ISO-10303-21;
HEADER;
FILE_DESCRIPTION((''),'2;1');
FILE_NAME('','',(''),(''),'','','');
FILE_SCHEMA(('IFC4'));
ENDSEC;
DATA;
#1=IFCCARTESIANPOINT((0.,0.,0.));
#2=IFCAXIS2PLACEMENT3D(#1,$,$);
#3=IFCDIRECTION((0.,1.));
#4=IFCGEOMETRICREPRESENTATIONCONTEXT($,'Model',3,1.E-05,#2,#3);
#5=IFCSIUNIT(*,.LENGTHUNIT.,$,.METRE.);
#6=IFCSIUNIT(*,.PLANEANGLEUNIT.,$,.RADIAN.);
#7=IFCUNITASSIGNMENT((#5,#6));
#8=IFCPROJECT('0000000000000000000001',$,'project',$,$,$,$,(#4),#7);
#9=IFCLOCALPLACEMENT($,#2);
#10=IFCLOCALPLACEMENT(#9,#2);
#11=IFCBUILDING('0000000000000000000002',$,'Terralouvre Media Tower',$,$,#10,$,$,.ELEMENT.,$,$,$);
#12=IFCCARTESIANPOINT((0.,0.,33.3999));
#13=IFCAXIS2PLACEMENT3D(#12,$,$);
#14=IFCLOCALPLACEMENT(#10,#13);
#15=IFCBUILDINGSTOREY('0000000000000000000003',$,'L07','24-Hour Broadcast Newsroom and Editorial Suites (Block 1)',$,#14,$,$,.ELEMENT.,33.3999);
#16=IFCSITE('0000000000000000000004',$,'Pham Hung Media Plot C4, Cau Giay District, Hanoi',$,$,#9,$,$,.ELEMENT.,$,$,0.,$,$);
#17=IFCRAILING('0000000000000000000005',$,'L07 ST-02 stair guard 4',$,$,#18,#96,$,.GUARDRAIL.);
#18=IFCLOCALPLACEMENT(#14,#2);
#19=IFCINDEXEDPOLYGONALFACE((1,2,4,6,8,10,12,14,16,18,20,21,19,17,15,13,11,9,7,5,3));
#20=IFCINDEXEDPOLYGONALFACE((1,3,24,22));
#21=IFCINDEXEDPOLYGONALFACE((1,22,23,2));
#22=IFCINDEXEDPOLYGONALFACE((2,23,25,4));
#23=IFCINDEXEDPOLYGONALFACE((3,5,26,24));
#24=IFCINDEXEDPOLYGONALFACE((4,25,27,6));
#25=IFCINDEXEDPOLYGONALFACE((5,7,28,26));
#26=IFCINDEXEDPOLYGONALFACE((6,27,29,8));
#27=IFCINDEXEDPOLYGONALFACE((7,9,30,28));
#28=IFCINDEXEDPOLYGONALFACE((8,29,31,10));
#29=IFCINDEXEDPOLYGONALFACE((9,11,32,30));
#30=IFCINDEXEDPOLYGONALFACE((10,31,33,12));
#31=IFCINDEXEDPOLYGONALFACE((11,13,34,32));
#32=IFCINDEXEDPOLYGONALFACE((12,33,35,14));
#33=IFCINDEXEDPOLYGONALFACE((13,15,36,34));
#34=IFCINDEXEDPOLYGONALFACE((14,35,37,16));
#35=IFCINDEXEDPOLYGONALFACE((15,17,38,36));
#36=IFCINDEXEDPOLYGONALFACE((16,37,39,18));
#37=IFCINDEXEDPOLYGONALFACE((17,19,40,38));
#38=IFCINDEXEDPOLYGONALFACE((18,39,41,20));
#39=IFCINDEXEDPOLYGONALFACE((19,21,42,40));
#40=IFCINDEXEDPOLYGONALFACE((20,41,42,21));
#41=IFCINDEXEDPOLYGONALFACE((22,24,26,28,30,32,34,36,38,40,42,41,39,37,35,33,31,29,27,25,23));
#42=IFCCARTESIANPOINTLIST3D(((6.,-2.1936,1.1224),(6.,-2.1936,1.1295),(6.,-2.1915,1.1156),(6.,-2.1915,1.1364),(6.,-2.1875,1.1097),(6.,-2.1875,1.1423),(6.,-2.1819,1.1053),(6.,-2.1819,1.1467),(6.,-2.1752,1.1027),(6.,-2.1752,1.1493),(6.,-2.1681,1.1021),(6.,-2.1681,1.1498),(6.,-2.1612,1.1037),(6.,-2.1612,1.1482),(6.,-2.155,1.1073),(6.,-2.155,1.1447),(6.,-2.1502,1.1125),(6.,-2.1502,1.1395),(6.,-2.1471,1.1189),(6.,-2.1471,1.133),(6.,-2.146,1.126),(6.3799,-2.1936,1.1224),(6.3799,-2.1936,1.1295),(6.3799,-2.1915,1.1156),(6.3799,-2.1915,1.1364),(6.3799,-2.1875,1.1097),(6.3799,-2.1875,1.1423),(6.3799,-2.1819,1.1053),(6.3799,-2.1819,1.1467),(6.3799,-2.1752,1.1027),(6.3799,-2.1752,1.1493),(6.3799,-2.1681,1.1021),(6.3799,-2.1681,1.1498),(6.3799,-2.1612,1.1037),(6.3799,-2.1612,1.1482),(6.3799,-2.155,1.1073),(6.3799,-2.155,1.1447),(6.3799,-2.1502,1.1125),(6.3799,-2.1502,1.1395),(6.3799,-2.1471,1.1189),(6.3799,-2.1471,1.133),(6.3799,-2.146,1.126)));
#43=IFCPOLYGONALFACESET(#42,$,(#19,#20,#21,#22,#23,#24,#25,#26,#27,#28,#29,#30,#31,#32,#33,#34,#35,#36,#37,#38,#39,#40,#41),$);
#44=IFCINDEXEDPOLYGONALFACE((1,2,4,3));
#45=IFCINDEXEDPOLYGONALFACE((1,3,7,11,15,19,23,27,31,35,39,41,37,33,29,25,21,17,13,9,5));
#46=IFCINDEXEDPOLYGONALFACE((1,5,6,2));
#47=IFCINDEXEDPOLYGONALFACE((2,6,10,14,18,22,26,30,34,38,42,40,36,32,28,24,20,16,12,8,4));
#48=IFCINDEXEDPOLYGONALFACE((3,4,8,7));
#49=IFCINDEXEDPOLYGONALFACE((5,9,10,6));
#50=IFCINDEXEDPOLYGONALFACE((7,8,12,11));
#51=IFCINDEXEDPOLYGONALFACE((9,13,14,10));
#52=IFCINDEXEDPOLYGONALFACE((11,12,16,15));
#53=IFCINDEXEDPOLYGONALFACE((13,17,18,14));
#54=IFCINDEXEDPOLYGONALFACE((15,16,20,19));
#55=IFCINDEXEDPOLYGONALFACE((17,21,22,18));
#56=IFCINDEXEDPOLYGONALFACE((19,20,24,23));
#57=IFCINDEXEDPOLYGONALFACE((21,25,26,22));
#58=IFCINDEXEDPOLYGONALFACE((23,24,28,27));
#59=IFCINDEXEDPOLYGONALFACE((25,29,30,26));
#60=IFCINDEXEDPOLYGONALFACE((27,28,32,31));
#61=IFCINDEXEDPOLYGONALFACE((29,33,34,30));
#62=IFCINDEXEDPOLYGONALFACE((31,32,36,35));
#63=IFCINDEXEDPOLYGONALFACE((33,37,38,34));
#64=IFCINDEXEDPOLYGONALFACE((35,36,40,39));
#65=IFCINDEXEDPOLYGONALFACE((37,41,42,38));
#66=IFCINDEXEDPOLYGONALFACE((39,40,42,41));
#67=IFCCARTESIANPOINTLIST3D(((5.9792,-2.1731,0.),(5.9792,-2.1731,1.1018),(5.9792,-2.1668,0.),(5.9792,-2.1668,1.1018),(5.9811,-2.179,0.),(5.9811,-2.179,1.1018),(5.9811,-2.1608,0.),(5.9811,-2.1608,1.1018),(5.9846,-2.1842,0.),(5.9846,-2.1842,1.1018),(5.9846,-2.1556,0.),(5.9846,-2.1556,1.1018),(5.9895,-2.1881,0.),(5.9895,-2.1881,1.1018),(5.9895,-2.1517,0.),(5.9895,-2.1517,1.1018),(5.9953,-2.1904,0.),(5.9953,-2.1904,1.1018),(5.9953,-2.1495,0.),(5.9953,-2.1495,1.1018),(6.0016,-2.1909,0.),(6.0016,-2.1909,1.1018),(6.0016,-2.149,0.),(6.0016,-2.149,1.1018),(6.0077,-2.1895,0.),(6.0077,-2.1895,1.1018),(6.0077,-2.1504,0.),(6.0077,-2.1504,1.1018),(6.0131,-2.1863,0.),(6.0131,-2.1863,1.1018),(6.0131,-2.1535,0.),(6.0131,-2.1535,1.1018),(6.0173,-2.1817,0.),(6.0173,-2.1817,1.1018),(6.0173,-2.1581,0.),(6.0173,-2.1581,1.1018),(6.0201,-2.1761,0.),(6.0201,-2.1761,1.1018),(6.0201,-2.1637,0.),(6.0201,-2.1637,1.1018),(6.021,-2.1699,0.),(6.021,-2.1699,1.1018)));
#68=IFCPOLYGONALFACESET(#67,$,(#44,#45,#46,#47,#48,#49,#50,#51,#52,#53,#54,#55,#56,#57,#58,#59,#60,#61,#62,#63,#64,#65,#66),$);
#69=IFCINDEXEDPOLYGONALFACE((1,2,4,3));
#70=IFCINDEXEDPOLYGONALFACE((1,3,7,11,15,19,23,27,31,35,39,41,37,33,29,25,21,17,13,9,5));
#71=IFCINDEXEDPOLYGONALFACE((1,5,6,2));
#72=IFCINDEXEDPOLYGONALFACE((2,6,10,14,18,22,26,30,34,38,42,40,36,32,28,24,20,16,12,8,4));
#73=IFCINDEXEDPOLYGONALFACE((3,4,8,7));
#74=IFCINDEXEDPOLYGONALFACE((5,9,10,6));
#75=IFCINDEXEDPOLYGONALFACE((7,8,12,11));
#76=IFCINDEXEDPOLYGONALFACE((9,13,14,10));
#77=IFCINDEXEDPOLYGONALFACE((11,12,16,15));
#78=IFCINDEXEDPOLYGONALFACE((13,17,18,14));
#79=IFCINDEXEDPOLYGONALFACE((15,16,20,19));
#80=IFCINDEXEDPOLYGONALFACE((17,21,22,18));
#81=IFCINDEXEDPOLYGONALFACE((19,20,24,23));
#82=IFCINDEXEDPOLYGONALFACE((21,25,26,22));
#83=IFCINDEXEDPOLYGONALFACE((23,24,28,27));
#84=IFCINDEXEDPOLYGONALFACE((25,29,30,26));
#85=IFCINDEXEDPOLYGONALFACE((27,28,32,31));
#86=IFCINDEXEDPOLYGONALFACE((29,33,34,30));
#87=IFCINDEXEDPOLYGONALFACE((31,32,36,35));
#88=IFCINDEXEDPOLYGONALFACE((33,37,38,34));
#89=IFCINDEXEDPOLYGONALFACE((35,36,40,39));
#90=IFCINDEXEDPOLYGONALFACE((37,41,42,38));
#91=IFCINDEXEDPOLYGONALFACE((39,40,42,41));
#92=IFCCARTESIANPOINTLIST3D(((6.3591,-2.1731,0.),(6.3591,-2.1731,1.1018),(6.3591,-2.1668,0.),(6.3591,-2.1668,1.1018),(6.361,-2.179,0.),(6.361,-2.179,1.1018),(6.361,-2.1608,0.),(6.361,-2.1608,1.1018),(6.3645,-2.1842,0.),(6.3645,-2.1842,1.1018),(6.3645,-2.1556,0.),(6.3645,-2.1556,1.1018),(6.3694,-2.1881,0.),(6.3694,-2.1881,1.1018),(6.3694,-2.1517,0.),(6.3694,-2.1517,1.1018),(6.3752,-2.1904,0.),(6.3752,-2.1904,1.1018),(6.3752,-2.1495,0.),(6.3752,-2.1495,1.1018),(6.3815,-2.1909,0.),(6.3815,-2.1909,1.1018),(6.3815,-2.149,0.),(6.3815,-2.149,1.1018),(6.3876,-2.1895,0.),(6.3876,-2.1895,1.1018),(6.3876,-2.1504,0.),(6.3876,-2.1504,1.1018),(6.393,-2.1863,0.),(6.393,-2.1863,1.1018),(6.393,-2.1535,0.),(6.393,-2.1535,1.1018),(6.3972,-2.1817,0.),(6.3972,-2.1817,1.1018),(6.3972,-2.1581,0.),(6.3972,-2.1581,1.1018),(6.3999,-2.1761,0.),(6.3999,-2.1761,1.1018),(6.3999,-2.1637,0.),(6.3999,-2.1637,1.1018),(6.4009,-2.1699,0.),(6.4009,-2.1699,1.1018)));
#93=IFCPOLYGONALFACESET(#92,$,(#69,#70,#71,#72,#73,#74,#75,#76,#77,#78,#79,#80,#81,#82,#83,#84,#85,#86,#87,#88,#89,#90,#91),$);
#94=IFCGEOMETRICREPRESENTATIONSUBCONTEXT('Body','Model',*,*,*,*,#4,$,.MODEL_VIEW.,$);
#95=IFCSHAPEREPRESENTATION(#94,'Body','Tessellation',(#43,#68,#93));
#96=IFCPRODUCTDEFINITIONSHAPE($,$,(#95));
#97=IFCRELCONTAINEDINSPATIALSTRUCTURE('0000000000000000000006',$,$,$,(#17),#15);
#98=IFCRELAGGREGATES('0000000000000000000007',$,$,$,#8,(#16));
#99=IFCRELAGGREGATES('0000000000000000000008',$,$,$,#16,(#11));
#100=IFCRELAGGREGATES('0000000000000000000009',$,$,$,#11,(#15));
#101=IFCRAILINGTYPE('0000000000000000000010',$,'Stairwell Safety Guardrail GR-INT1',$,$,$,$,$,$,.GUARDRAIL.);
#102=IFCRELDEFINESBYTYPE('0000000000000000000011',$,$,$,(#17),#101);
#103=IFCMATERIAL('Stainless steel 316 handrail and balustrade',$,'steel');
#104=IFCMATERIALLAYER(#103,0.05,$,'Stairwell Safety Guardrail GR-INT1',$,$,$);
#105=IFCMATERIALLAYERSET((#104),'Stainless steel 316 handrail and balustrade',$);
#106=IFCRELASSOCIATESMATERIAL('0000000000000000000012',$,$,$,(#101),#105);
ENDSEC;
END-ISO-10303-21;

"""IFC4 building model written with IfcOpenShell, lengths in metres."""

from ifc_helpers import new_model, si_unit, direction, frame, origin, origin_2d, place, context, subcontext, project, spatial, circle, extrude, material, layer, layer_set, type_object, element, save


model = new_model("IFC4")

# Units and contexts
model_context = context("Model", 3, precision=1e-05, world=origin(), true_north=direction((0.0, 1.0)))
body_context = subcontext(model_context, "Body", "Model", "MODEL_VIEW")
ifc_project = project(units=[si_unit("LENGTHUNIT", "METRE"), si_unit("PLANEANGLEUNIT", "RADIAN")], contexts=[model_context])

# Site, building, storey
site_placement = place(None, origin())
site = spatial("IfcSite", under=ifc_project, at=site_placement, Name="Pham Hung Media Plot C4, Cau Giay District, Hanoi", CompositionType="ELEMENT", RefElevation=0.0)
building_placement = place(site_placement, origin())
building = spatial("IfcBuilding", under=site, at=building_placement, Name="Terralouvre Media Tower", CompositionType="ELEMENT")
storey_placement = place(building_placement, frame((0.0, 0.0, 33.3999)))
storey = spatial("IfcBuildingStorey", under=building, at=storey_placement, Name="L07", Description="24-Hour Broadcast Newsroom and Editorial Suites (Block 1)", CompositionType="ELEMENT", Elevation=33.3999)

# Railing
ifc_material_1 = material(Name="Stainless steel 316 handrail and balustrade", Category="steel")
ifc_layer_1 = layer(ifc_material_1, 0.05, Name="Stairwell Safety Guardrail GR-INT1")
ifc_layer_set_1 = layer_set([ifc_layer_1], Name="Stainless steel 316 handrail and balustrade")
railing_type_1 = type_object("IfcRailingType", Name="Stairwell Safety Guardrail GR-INT1", PredefinedType="GUARDRAIL", material=ifc_layer_set_1)
railing_1_placement = place(storey_placement, frame((6.0, -2.1699, 0.0)))
element("IfcRailing", 1, at=railing_1_placement, inside=storey, type_object=railing_type_1, Name="L07 ST-02 stair guard 4", PredefinedType="GUARDRAIL", context=body_context, shape_type="SweptSolid", body=[
    extrude(circle(Radius=0.0239, at=origin_2d()), frame((0.0, 0.0, 1.126), z_axis=(1.0, 0.0, 0.0), x_axis=(0.0, 1.0, 0.0)), (0.0, 0.0, 1.0), 0.3799),
    extrude(circle(Radius=0.021, at=origin_2d()), origin(), (0.0, 0.0, 1.0), 1.1018),
    extrude(circle(Radius=0.021, at=origin_2d()), frame((0.3799, 0.0, 0.0)), (0.0, 0.0, 1.0), 1.1018),
])

save(model, "model.ifc")
